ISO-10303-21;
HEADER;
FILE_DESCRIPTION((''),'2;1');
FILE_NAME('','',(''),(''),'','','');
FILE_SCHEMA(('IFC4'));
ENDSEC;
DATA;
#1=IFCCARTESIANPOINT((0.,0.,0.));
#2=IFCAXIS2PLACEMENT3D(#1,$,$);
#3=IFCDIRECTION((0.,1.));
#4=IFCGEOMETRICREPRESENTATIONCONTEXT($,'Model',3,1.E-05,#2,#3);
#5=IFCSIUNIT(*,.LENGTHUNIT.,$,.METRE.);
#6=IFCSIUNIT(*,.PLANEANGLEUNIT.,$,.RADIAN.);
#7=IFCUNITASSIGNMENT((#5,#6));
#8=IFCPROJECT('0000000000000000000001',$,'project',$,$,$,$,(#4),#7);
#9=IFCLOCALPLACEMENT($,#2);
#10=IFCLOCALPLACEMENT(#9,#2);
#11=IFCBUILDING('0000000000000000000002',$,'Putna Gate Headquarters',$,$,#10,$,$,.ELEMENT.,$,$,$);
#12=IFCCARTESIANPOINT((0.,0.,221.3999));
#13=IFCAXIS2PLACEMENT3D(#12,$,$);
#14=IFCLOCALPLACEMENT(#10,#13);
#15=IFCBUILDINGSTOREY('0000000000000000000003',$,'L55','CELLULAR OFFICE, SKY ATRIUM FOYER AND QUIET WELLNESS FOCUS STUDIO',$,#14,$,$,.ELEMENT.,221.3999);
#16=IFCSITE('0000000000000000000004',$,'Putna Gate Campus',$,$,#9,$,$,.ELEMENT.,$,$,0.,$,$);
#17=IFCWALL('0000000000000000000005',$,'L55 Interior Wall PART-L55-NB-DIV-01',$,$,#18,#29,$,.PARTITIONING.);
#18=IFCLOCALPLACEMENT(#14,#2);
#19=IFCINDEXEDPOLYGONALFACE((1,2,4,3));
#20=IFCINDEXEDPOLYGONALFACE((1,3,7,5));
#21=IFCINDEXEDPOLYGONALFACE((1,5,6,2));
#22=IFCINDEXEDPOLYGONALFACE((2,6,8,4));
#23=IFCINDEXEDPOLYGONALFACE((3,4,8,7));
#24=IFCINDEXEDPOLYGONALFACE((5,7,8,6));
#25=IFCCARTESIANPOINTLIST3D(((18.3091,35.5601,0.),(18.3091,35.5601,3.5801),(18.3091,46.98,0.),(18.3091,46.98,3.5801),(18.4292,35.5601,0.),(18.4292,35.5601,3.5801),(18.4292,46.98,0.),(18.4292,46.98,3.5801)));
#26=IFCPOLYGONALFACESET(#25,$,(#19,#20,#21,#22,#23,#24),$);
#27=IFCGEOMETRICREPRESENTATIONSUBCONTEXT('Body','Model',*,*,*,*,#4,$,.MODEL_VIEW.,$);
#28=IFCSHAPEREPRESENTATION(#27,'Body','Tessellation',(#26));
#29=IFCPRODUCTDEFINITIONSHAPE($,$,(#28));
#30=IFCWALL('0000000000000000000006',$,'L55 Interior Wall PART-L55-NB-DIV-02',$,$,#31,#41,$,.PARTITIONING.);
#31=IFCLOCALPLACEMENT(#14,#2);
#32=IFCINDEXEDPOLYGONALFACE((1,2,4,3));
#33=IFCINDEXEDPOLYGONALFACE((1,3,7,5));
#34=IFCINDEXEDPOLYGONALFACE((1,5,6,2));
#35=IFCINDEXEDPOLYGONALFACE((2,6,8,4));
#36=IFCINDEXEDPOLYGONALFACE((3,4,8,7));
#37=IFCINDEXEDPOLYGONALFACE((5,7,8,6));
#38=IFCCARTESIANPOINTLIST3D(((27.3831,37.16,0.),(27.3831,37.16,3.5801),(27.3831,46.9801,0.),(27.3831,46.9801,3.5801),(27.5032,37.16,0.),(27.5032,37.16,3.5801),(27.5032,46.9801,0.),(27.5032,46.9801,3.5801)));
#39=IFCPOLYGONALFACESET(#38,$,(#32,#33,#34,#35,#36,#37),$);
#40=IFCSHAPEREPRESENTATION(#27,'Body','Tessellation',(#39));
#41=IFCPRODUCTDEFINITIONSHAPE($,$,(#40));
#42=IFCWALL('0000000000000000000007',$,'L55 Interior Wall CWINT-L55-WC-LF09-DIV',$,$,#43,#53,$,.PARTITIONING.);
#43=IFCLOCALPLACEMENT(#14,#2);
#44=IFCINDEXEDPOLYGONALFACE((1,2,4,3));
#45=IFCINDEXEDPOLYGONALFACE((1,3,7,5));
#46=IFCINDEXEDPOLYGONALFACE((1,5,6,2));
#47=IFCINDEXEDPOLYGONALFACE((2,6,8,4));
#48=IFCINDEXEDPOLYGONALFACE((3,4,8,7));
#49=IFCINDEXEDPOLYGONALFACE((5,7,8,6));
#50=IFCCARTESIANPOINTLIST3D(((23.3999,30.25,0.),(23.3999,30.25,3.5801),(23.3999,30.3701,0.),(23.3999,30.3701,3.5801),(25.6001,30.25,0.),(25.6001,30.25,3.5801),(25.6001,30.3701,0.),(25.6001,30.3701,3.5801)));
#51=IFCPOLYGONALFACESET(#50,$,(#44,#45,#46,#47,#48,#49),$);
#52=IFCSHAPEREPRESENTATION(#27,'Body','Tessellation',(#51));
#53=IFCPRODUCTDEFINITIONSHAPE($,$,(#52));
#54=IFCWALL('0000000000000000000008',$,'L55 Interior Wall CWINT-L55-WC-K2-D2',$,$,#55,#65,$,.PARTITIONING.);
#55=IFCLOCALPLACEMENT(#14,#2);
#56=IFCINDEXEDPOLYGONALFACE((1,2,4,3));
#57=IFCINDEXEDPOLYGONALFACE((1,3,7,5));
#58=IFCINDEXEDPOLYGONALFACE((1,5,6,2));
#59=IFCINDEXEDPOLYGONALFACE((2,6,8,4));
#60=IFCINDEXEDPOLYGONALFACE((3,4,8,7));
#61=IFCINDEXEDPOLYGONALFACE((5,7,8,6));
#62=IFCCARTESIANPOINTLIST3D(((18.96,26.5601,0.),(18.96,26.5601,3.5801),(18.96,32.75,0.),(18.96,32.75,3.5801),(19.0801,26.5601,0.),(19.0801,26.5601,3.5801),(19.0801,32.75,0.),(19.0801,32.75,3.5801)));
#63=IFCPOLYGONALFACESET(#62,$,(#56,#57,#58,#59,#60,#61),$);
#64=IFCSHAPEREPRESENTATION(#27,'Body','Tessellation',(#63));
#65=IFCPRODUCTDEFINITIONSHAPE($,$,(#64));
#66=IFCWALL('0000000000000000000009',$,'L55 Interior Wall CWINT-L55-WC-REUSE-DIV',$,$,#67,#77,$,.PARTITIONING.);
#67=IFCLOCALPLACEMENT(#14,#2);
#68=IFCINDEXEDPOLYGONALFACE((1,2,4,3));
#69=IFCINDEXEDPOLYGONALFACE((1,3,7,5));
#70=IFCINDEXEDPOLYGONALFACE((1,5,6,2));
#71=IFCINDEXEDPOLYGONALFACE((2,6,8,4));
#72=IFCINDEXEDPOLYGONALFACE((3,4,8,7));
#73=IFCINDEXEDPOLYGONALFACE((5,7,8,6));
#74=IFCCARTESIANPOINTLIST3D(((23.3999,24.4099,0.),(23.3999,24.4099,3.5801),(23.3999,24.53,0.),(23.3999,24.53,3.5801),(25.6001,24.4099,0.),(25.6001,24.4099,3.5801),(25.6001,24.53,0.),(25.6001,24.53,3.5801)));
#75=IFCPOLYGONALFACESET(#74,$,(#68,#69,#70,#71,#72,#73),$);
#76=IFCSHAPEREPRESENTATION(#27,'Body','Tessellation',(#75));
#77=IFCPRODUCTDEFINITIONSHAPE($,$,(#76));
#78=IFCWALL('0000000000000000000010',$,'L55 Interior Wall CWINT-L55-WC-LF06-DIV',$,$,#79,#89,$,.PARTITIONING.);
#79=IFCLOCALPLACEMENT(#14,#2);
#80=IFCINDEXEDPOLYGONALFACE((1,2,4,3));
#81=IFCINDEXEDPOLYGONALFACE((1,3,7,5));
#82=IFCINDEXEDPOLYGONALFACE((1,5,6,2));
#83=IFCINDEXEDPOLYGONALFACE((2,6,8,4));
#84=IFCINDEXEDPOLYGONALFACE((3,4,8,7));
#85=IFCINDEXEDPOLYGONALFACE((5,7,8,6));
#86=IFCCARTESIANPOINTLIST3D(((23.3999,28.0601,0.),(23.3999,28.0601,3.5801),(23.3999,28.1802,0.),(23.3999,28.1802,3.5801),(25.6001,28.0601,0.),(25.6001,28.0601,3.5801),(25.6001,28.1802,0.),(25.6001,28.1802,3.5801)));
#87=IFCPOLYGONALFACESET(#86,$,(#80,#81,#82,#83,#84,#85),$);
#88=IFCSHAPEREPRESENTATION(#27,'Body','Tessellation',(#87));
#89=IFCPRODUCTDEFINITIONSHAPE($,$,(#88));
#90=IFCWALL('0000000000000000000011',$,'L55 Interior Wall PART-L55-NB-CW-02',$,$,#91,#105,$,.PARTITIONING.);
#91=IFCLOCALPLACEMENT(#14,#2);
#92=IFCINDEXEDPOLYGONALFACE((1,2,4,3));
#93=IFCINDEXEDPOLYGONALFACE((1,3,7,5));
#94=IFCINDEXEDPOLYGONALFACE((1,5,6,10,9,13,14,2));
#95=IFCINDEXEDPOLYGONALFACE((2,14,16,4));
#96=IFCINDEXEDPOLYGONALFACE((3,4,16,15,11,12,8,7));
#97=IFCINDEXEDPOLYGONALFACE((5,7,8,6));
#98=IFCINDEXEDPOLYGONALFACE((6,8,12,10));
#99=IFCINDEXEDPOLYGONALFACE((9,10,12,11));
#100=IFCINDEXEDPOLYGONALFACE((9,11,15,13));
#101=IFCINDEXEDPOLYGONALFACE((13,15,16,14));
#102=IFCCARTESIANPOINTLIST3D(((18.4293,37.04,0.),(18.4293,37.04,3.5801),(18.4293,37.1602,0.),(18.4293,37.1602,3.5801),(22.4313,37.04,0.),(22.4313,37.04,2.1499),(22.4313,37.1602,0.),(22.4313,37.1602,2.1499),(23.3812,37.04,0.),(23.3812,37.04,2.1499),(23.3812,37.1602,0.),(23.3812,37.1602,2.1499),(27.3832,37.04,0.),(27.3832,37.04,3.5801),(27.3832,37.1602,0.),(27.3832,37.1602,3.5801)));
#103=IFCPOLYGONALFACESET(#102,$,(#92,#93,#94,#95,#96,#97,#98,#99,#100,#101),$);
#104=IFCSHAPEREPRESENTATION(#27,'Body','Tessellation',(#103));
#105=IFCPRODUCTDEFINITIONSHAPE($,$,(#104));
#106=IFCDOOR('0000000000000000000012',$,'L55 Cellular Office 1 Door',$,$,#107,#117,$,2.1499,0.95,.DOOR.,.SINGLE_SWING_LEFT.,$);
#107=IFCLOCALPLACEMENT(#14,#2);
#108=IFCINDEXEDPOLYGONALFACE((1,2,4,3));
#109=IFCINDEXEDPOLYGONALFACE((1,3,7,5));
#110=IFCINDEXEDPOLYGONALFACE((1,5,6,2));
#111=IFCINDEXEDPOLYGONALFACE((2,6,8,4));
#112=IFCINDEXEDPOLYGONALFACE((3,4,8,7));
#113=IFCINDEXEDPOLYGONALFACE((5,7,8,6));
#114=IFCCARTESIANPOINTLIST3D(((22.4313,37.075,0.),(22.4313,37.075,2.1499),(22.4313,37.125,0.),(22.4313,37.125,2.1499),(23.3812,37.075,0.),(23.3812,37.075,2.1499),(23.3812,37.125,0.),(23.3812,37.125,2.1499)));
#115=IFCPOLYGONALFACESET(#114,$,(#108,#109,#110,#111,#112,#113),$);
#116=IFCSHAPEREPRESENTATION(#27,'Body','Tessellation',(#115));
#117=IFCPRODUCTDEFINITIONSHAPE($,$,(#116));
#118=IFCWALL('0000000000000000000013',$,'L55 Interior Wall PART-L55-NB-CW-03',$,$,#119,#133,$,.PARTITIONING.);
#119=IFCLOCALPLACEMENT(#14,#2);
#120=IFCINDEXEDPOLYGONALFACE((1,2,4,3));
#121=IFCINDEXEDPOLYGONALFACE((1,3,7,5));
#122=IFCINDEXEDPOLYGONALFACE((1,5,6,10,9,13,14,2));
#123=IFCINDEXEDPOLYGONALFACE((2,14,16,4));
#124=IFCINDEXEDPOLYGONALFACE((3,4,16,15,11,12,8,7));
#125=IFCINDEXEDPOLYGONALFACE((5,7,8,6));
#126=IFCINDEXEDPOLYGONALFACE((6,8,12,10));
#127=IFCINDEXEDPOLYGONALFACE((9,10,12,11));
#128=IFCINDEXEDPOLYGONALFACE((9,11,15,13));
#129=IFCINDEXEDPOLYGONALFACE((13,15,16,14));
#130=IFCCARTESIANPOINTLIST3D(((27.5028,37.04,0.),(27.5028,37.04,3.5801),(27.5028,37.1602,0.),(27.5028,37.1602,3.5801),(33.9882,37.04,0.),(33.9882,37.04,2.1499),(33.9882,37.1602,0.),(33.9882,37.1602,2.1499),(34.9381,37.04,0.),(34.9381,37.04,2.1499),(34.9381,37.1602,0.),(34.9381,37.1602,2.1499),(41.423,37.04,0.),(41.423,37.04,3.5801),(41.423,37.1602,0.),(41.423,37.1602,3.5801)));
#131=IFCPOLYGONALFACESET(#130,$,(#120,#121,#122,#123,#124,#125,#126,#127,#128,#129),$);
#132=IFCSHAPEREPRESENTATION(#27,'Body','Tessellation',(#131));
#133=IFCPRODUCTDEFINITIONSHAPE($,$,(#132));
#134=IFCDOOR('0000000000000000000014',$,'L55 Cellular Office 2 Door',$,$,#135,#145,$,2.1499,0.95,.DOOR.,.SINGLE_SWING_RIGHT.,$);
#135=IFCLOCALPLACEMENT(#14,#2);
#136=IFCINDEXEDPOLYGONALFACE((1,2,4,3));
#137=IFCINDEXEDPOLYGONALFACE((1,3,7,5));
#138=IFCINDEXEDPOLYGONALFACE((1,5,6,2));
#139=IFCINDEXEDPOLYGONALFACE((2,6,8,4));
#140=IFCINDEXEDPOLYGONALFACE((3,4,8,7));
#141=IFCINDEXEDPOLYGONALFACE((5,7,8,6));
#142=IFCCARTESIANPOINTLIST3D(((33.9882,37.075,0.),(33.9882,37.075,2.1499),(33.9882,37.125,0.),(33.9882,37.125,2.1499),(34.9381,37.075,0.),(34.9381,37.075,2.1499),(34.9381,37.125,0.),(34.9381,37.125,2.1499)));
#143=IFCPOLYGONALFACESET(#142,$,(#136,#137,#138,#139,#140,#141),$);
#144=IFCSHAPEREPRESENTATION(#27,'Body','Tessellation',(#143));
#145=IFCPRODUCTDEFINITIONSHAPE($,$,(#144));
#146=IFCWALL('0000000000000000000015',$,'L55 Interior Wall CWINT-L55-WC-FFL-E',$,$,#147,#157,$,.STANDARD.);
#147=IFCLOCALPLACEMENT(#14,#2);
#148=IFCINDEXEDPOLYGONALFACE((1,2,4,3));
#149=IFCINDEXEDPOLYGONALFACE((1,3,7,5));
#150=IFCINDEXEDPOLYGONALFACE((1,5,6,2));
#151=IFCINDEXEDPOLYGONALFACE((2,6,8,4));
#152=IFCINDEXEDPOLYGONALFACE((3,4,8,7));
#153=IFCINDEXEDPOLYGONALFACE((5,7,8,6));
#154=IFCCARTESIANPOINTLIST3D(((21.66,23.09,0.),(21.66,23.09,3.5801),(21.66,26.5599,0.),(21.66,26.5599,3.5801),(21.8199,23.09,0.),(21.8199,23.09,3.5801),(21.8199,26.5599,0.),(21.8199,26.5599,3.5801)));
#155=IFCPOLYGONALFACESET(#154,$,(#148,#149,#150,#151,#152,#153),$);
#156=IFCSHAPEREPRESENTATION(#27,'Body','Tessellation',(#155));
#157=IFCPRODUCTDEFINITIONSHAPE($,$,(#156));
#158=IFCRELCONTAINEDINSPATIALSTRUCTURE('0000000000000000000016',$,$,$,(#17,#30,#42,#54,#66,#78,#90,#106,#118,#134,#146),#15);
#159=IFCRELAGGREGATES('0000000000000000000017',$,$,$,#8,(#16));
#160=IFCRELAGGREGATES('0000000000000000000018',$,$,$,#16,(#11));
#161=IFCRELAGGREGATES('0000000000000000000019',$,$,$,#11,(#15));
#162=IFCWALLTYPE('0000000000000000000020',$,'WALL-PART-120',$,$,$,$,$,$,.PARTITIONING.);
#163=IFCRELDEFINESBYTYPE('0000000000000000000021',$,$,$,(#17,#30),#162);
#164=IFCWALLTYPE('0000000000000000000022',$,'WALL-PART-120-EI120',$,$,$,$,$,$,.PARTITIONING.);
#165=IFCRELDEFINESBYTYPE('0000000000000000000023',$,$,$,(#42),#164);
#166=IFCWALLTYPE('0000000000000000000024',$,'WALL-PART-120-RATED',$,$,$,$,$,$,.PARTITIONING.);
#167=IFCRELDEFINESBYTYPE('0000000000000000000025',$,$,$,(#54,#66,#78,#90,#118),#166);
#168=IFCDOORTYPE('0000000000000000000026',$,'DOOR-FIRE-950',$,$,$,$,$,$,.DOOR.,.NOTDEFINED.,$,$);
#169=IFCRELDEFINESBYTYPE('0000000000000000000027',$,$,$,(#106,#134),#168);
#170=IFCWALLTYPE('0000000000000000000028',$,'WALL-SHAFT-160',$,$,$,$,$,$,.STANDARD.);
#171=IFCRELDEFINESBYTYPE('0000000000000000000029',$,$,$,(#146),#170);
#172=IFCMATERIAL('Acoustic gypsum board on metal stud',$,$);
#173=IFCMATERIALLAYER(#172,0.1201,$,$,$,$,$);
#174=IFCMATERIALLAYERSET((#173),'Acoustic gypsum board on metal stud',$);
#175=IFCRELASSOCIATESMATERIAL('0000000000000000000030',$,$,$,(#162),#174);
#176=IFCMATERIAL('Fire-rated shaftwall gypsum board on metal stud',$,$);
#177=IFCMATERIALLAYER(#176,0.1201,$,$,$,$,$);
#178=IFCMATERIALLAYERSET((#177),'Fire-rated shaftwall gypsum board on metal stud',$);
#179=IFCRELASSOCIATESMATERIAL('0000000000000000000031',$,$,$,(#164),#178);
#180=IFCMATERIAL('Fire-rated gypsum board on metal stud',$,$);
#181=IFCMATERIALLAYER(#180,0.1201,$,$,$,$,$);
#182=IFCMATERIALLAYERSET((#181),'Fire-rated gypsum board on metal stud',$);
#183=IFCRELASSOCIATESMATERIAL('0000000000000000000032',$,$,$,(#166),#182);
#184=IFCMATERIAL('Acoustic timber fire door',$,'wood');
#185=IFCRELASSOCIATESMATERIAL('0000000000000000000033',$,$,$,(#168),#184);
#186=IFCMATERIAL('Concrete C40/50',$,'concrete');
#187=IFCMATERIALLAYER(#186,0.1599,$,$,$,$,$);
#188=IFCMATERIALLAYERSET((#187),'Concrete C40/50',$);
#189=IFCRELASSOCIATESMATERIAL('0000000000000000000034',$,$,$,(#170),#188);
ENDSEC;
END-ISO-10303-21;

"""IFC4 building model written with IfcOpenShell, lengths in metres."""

from ifc_helpers import new_model, si_unit, direction, frame, frame_2d, origin, place, context, subcontext, project, spatial, rectangle, extrude, material, layer, layer_set, type_object, element, fill, save


model = new_model("IFC4")

# Units and contexts
model_context = context("Model", 3, precision=1e-05, world=origin(), true_north=direction((0.0, 1.0)))
body_context = subcontext(model_context, "Body", "Model", "MODEL_VIEW")
ifc_project = project(units=[si_unit("LENGTHUNIT", "METRE"), si_unit("PLANEANGLEUNIT", "RADIAN")], contexts=[model_context])

# Site, building, storey
site_placement = place(None, origin())
site = spatial("IfcSite", under=ifc_project, at=site_placement, Name="Putna Gate Campus", CompositionType="ELEMENT", RefElevation=0.0)
building_placement = place(site_placement, origin())
building = spatial("IfcBuilding", under=site, at=building_placement, Name="Putna Gate Headquarters", CompositionType="ELEMENT")
storey_placement = place(building_placement, frame((0.0, 0.0, 221.3999)))
storey = spatial("IfcBuildingStorey", under=building, at=storey_placement, Name="L55", Description="CELLULAR OFFICE, SKY ATRIUM FOYER AND QUIET WELLNESS FOCUS STUDIO", CompositionType="ELEMENT", Elevation=221.3999)

# Walls
ifc_material_1 = material(Name="Acoustic gypsum board on metal stud")
ifc_layer_1 = layer(ifc_material_1, 0.1201)
ifc_layer_set_1 = layer_set([ifc_layer_1], Name="Acoustic gypsum board on metal stud")
wall_type_1 = type_object("IfcWallType", Name="WALL-PART-120", PredefinedType="PARTITIONING", material=ifc_layer_set_1)
wall_1_placement = place(storey_placement, frame((18.3691, 35.5601, 0.0), z_axis=(0.0, 0.0, 1.0), x_axis=(0.0, 1.0, 0.0)))
element("IfcWall", 1, at=wall_1_placement, inside=storey, type_object=wall_type_1, Name="L55 Interior Wall PART-L55-NB-DIV-01", PredefinedType="PARTITIONING", context=body_context, shape_type="SweptSolid", body=[
    extrude(rectangle(XDim=11.4199, YDim=0.1201, at=frame_2d((5.71, 0.0))), origin(), (0.0, 0.0, 1.0), 3.5801),
])
wall_2_placement = place(storey_placement, frame((27.4431, 37.1599, 0.0), z_axis=(0.0, 0.0, 1.0), x_axis=(0.0, 1.0, 0.0)))
element("IfcWall", 2, at=wall_2_placement, inside=storey, type_object=wall_type_1, Name="L55 Interior Wall PART-L55-NB-DIV-02", PredefinedType="PARTITIONING", context=body_context, shape_type="SweptSolid", body=[
    extrude(rectangle(XDim=9.8201, YDim=0.1201, at=frame_2d((4.9102, 0.0))), origin(), (0.0, 0.0, 1.0), 3.5801),
])
ifc_material_2 = material(Name="Fire-rated shaftwall gypsum board on metal stud")
ifc_layer_2 = layer(ifc_material_2, 0.1201)
ifc_layer_set_2 = layer_set([ifc_layer_2], Name="Fire-rated shaftwall gypsum board on metal stud")
wall_type_2 = type_object("IfcWallType", Name="WALL-PART-120-EI120", PredefinedType="PARTITIONING", material=ifc_layer_set_2)
wall_3_placement = place(storey_placement, frame((23.3999, 30.3101, 0.0), z_axis=(0.0, 0.0, 1.0), x_axis=(1.0, 0.0, 0.0)))
element("IfcWall", 3, at=wall_3_placement, inside=storey, type_object=wall_type_2, Name="L55 Interior Wall CWINT-L55-WC-LF09-DIV", PredefinedType="PARTITIONING", context=body_context, shape_type="SweptSolid", body=[
    extrude(rectangle(XDim=2.2002, YDim=0.1201, at=frame_2d((1.1001, 0.0))), origin(), (0.0, 0.0, 1.0), 3.5801),
])
ifc_material_3 = material(Name="Fire-rated gypsum board on metal stud")
ifc_layer_3 = layer(ifc_material_3, 0.1201)
ifc_layer_set_3 = layer_set([ifc_layer_3], Name="Fire-rated gypsum board on metal stud")
wall_type_3 = type_object("IfcWallType", Name="WALL-PART-120-RATED", PredefinedType="PARTITIONING", material=ifc_layer_set_3)
wall_4_placement = place(storey_placement, frame((19.02, 26.5601, 0.0), z_axis=(0.0, 0.0, 1.0), x_axis=(0.0, 1.0, 0.0)))
element("IfcWall", 4, at=wall_4_placement, inside=storey, type_object=wall_type_3, Name="L55 Interior Wall CWINT-L55-WC-K2-D2", PredefinedType="PARTITIONING", context=body_context, shape_type="SweptSolid", body=[
    extrude(rectangle(XDim=6.1899, YDim=0.1201, at=frame_2d((3.095, 0.0))), origin(), (0.0, 0.0, 1.0), 3.5801),
])
for number, where, z_axis, x_axis, name in (
    (5, (23.3999, 24.47, 0.0), (0.0, 0.0, 1.0), (1.0, 0.0, 0.0), "L55 Interior Wall CWINT-L55-WC-REUSE-DIV"),
    (6, (23.3999, 28.1201, 0.0), (0.0, 0.0, 1.0), (1.0, 0.0, 0.0), "L55 Interior Wall CWINT-L55-WC-LF06-DIV"),
):
    element("IfcWall", number, at=place(storey_placement, frame(where, z_axis=z_axis, x_axis=x_axis)), inside=storey, type_object=wall_type_3, Name=name, PredefinedType="PARTITIONING", context=body_context, shape_type="SweptSolid", body=[
        extrude(rectangle(XDim=2.2002, YDim=0.1201, at=frame_2d((1.1001, 0.0))), origin(), (0.0, 0.0, 1.0), 3.5801),
    ])

# Walls, openings, doors
wall_5_placement = place(storey_placement, frame((18.4292, 37.1001, 0.0), z_axis=(0.0, 0.0, 1.0), x_axis=(1.0, 0.0, 0.0)))
wall_5 = element("IfcWall", 7, at=wall_5_placement, inside=storey, type_object=wall_type_3, Name="L55 Interior Wall PART-L55-NB-CW-02", PredefinedType="PARTITIONING", context=body_context, shape_type="SweptSolid", body=[
    extrude(rectangle(XDim=8.9539, YDim=0.1201, at=frame_2d((4.4771, 0.0))), origin(), (0.0, 0.0, 1.0), 3.5801),
])
opening_1_placement = place(wall_5_placement, frame((4.002, 0.0, 0.0)))
opening_1 = element("IfcOpeningElement", 8, at=opening_1_placement, cuts=wall_5, PredefinedType="OPENING", context=body_context, shape_type="SweptSolid", body=[
    extrude(rectangle(XDim=0.95, YDim=2.1499, at=frame_2d((0.4751, 1.075))), frame((0.0, 0.0701, 0.0), z_axis=(0.0, -1.0, 0.0), x_axis=(1.0, 0.0, 0.0)), (0.0, 0.0, 1.0), 0.1401),
])
ifc_material_4 = material(Name="Acoustic timber fire door", Category="wood")
door_type_1 = type_object("IfcDoorType", Name="DOOR-FIRE-950", OperationType="NOTDEFINED", PredefinedType="DOOR", material=ifc_material_4)
door_1_placement = place(opening_1_placement, origin())
door_1 = element("IfcDoor", 9, at=door_1_placement, inside=storey, type_object=door_type_1, Name="L55 Cellular Office 1 Door", OperationType="SINGLE_SWING_LEFT", OverallHeight=2.1499, OverallWidth=0.95, PredefinedType="DOOR", context=body_context, shape_type="SweptSolid", body=[
    extrude(rectangle(XDim=0.95, YDim=2.1499, at=frame_2d((0.4751, 1.075))), frame((0.0, 0.0249, 0.0), z_axis=(0.0, -1.0, 0.0), x_axis=(1.0, 0.0, 0.0)), (0.0, 0.0, 1.0), 0.05),
])
fill(opening_1, door_1)
wall_6_placement = place(storey_placement, frame((27.5029, 37.1001, 0.0), z_axis=(0.0, 0.0, 1.0), x_axis=(1.0, 0.0, 0.0)))
wall_6 = element("IfcWall", 10, at=wall_6_placement, inside=storey, type_object=wall_type_3, Name="L55 Interior Wall PART-L55-NB-CW-03", PredefinedType="PARTITIONING", context=body_context, shape_type="SweptSolid", body=[
    extrude(rectangle(XDim=13.9202, YDim=0.1201, at=frame_2d((6.96, 0.0))), origin(), (0.0, 0.0, 1.0), 3.5801),
])
opening_2_placement = place(wall_6_placement, frame((6.4851, 0.0, 0.0)))
opening_2 = element("IfcOpeningElement", 11, at=opening_2_placement, cuts=wall_6, PredefinedType="OPENING", context=body_context, shape_type="SweptSolid", body=[
    extrude(rectangle(XDim=0.95, YDim=2.1499, at=frame_2d((0.4751, 1.075))), frame((0.0, 0.0701, 0.0), z_axis=(0.0, -1.0, 0.0), x_axis=(1.0, 0.0, 0.0)), (0.0, 0.0, 1.0), 0.1401),
])
door_2_placement = place(opening_2_placement, origin())
door_2 = element("IfcDoor", 12, at=door_2_placement, inside=storey, type_object=door_type_1, Name="L55 Cellular Office 2 Door", OperationType="SINGLE_SWING_RIGHT", OverallHeight=2.1499, OverallWidth=0.95, PredefinedType="DOOR", context=body_context, shape_type="SweptSolid", body=[
    extrude(rectangle(XDim=0.95, YDim=2.1499, at=frame_2d((0.4751, 1.075))), frame((0.0, 0.0249, 0.0), z_axis=(0.0, -1.0, 0.0), x_axis=(1.0, 0.0, 0.0)), (0.0, 0.0, 1.0), 0.05),
])
fill(opening_2, door_2)

# Wall
ifc_material_5 = material(Name="Concrete C40/50", Category="concrete")
ifc_layer_4 = layer(ifc_material_5, 0.1599)
ifc_layer_set_4 = layer_set([ifc_layer_4], Name="Concrete C40/50")
wall_type_4 = type_object("IfcWallType", Name="WALL-SHAFT-160", PredefinedType="STANDARD", material=ifc_layer_set_4)
wall_7_placement = place(storey_placement, frame((21.74, 23.0901, 0.0), z_axis=(0.0, 0.0, 1.0), x_axis=(0.0, 1.0, 0.0)))
element("IfcWall", 13, at=wall_7_placement, inside=storey, type_object=wall_type_4, Name="L55 Interior Wall CWINT-L55-WC-FFL-E", PredefinedType="STANDARD", context=body_context, shape_type="SweptSolid", body=[
    extrude(rectangle(XDim=3.47, YDim=0.1599, at=frame_2d((1.7349, 0.0))), origin(), (0.0, 0.0, 1.0), 3.5801),
])

save(model, "model.ifc")
